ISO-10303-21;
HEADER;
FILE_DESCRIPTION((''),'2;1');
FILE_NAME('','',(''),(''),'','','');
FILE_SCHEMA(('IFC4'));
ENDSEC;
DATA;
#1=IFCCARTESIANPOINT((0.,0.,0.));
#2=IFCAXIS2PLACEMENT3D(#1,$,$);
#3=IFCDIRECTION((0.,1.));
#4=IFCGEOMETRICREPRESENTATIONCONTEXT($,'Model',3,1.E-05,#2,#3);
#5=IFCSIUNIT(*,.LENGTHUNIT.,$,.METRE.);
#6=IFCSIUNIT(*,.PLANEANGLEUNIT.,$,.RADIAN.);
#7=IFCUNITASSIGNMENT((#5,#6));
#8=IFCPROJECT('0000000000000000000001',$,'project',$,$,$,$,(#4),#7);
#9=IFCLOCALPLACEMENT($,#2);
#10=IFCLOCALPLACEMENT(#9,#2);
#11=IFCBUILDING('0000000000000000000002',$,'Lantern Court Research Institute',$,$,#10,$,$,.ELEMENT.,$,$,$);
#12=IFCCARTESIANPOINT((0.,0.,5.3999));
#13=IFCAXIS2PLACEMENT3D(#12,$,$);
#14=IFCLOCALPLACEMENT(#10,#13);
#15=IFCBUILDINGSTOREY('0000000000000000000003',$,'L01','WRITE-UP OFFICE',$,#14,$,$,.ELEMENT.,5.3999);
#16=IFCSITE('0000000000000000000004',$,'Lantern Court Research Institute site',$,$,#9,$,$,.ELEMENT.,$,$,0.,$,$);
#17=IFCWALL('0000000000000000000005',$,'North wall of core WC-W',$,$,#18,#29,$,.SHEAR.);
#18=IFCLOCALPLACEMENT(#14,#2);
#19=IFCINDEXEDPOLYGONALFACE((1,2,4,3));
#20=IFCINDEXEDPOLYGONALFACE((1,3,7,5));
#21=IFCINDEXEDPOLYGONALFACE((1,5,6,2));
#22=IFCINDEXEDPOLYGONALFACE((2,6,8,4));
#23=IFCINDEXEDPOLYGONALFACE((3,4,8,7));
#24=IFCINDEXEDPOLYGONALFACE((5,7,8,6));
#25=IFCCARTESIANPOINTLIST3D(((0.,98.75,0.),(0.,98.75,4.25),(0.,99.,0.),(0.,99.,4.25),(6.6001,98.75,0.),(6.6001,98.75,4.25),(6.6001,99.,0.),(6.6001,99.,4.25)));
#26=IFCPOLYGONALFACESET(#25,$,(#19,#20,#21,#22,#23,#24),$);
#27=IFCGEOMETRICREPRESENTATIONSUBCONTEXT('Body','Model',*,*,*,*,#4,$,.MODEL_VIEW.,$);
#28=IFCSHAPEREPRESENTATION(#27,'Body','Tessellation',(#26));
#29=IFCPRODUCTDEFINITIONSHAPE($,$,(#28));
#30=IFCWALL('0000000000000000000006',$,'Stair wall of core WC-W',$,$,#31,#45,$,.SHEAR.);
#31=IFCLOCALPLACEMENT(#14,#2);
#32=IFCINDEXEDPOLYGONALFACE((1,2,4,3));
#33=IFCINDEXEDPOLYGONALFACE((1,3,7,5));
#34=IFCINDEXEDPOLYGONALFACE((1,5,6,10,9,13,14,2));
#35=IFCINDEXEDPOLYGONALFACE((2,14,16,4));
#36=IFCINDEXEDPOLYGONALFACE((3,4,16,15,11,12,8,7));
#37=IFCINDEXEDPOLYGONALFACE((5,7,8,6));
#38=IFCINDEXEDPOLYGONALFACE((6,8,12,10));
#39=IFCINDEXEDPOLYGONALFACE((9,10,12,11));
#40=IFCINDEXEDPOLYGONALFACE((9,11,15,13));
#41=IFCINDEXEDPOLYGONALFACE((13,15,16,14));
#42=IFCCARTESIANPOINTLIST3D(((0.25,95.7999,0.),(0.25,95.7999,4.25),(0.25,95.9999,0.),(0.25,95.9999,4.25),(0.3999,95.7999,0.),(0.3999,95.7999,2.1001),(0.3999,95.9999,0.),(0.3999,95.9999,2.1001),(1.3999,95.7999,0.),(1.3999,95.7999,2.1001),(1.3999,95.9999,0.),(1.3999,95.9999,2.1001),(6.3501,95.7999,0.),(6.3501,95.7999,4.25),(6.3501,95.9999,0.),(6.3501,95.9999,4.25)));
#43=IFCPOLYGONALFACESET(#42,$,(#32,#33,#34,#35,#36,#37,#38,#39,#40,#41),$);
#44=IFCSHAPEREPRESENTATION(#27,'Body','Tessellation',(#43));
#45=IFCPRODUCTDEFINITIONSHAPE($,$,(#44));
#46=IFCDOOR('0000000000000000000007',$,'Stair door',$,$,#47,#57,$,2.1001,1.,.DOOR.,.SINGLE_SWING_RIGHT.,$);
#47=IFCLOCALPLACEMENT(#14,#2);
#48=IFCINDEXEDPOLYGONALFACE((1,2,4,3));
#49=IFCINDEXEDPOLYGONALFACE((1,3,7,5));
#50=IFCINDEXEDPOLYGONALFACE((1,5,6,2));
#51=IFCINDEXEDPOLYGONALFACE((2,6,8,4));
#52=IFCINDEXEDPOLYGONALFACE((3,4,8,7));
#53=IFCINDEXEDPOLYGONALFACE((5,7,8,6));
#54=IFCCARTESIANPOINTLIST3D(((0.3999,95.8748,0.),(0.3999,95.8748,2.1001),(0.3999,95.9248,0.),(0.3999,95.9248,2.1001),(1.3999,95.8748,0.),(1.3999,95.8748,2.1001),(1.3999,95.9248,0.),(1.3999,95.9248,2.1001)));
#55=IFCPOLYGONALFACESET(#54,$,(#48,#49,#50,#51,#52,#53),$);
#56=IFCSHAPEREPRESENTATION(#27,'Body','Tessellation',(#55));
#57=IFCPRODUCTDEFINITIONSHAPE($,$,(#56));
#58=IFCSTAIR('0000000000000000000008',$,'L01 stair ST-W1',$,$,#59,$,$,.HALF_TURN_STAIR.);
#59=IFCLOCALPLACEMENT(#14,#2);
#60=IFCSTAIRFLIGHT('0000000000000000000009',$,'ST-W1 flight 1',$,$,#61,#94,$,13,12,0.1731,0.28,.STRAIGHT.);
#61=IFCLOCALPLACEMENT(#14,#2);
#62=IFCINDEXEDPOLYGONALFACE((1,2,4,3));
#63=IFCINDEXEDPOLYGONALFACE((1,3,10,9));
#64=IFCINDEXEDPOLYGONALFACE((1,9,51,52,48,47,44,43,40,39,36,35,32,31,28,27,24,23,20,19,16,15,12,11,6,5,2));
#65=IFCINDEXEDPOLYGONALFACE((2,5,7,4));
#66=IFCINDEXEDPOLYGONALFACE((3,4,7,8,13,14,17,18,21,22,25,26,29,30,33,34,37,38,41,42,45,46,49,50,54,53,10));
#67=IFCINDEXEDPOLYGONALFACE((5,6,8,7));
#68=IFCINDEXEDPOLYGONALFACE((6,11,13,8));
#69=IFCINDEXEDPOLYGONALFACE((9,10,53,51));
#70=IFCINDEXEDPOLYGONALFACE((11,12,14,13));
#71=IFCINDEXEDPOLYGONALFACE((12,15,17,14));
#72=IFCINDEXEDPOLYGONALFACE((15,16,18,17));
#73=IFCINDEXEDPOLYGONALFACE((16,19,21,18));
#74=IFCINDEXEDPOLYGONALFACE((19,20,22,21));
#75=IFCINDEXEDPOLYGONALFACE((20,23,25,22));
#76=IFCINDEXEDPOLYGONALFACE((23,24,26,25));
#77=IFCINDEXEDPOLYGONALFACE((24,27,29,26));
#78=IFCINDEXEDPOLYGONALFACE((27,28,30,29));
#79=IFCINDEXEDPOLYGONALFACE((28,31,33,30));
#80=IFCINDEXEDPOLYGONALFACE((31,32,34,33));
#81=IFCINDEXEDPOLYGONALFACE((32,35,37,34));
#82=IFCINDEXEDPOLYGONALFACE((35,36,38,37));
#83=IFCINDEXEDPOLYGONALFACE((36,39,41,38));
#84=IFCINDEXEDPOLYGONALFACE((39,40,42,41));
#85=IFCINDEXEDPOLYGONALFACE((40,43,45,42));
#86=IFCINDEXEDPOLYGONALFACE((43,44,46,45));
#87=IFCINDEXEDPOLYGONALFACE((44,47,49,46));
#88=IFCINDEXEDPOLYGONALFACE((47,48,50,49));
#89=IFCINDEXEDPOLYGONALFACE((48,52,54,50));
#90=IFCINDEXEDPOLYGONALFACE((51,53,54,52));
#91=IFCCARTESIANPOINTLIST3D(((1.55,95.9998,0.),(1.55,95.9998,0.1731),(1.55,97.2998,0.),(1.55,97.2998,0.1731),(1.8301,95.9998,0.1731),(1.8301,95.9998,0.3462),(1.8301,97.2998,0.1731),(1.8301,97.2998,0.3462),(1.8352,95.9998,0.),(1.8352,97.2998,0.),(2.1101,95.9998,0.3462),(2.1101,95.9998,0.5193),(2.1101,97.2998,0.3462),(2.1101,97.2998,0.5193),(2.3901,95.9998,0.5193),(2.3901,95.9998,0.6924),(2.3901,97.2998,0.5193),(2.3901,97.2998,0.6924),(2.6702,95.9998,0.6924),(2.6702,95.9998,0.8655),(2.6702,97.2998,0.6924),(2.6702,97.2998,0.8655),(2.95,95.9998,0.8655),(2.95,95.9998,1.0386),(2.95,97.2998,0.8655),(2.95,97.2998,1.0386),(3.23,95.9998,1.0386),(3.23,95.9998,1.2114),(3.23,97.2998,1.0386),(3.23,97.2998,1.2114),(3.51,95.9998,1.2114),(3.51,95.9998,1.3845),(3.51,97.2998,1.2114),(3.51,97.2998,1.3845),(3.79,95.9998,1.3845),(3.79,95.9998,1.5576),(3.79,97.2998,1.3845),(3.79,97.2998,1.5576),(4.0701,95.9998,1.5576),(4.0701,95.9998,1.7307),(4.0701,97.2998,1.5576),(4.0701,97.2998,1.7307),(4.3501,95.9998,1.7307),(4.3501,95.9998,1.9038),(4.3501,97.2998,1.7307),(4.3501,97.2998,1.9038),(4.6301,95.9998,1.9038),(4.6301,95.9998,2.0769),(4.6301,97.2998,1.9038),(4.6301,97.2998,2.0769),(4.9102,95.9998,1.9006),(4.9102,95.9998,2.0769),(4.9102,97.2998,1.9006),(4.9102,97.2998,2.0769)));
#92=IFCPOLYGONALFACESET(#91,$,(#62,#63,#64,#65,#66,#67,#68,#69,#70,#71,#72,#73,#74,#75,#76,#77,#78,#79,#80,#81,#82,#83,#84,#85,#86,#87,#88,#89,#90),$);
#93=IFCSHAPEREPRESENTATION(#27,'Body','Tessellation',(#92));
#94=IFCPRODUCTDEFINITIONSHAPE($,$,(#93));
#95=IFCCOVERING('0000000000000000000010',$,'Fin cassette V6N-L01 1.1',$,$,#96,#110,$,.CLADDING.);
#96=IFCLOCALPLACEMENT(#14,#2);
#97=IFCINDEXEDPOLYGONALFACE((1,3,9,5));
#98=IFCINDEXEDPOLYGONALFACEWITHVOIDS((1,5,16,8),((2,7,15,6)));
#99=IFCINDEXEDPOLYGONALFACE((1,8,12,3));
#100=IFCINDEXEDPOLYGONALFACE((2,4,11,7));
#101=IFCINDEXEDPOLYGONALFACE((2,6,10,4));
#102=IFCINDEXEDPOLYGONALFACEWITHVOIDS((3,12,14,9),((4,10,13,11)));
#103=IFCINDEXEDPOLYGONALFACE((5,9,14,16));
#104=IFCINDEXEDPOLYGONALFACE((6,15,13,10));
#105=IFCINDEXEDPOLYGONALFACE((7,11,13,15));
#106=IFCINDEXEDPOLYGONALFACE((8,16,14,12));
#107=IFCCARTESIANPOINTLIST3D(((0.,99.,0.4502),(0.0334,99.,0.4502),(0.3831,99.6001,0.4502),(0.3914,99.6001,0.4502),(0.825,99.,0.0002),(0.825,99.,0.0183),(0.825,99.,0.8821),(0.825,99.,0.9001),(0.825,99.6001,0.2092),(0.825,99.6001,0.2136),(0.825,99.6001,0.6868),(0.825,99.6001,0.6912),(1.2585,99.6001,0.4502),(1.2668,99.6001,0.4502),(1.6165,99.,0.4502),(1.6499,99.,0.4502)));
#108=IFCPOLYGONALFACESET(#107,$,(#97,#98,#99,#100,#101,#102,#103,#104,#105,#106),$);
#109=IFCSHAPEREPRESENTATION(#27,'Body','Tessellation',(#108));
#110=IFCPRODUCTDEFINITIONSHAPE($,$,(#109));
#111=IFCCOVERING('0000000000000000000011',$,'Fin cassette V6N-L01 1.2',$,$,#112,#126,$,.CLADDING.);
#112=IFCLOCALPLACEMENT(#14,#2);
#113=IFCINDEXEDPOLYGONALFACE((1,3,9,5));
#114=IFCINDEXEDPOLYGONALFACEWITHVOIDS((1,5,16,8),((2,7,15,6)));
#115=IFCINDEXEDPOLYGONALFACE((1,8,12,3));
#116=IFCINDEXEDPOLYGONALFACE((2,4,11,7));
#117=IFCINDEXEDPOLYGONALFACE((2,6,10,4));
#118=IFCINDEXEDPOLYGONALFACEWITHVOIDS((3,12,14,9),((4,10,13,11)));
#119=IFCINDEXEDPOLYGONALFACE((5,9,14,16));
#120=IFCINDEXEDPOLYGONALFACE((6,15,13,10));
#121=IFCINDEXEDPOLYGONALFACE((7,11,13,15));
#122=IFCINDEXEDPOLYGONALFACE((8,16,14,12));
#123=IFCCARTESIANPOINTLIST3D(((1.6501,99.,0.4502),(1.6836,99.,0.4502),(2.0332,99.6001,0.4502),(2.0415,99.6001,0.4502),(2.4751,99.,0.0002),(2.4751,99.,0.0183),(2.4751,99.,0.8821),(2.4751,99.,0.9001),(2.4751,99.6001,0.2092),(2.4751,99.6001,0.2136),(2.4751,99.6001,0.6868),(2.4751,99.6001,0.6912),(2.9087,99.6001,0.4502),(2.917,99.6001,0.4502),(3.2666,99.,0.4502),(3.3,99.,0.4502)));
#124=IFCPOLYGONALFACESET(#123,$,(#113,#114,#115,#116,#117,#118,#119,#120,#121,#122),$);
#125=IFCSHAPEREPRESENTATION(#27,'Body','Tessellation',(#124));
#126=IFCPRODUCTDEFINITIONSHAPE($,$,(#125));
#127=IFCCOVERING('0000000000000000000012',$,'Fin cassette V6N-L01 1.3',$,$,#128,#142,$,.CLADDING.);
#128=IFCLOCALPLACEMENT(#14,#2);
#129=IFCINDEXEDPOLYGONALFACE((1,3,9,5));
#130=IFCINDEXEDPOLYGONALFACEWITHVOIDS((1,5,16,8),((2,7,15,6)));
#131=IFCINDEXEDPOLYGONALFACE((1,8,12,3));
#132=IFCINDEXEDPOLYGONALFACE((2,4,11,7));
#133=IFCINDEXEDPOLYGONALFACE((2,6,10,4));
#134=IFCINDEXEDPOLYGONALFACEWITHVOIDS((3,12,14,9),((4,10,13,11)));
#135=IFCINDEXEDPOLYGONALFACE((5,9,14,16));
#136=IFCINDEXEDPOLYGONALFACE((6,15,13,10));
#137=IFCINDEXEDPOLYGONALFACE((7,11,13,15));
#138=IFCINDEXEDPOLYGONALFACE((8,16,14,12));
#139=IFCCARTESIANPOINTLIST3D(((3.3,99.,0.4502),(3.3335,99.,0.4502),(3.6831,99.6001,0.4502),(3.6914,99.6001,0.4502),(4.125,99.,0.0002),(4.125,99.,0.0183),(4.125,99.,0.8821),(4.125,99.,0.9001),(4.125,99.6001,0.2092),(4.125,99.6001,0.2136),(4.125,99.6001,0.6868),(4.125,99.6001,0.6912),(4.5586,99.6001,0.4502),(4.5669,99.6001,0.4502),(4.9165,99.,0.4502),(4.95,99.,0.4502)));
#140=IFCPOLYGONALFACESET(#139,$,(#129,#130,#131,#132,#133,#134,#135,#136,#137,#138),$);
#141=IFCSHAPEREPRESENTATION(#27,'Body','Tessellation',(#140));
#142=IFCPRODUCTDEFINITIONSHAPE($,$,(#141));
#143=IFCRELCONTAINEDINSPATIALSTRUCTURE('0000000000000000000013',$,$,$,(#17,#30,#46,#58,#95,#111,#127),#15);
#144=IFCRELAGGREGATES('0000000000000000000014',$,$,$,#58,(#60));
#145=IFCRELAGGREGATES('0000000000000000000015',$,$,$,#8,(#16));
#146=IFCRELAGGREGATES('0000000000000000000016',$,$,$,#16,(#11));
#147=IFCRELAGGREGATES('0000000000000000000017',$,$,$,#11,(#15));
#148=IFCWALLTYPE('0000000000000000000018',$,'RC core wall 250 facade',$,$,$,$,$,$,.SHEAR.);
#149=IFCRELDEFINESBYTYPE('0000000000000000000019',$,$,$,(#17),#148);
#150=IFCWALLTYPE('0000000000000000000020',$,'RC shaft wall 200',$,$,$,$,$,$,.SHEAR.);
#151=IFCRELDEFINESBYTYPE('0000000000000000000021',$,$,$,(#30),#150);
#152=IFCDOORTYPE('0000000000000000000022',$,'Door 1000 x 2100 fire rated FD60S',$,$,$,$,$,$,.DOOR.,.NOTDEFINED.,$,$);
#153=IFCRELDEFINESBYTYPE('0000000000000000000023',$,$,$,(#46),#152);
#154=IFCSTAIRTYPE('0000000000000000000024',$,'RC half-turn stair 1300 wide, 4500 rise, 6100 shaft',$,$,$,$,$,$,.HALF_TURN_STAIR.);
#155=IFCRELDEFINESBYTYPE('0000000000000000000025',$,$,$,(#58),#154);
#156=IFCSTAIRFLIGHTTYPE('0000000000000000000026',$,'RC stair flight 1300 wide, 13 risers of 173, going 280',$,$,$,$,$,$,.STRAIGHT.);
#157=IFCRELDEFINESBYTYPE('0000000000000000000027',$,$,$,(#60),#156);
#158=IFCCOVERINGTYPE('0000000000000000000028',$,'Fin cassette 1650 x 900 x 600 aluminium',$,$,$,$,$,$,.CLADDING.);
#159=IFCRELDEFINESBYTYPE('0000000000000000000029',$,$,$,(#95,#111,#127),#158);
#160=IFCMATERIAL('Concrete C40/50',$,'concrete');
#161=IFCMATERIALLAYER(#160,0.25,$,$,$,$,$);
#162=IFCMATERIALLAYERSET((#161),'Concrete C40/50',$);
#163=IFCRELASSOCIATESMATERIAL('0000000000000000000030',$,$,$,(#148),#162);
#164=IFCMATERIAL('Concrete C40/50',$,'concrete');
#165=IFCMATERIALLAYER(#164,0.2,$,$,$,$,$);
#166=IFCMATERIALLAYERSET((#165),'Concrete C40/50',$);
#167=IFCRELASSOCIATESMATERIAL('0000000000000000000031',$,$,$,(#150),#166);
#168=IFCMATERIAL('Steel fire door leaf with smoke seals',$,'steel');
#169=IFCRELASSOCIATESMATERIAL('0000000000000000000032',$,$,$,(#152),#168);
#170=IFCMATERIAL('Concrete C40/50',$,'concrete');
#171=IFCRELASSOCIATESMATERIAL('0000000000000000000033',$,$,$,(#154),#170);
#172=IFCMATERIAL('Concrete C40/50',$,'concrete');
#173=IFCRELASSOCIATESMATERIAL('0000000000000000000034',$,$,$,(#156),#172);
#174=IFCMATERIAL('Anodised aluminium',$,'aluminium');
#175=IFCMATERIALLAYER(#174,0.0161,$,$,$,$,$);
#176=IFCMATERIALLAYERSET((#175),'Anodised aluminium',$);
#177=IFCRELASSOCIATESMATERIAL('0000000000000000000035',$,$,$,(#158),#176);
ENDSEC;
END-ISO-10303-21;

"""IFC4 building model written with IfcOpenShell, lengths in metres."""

from ifc_helpers import new_model, entity, si_unit, direction, frame, frame_2d, origin, place, context, subcontext, project, spatial, polyline, rectangle, outline, extrude, material, layer, layer_set, type_object, element, fill, aggregate, save


model = new_model("IFC4")

# Units and contexts
model_context = context("Model", 3, precision=1e-05, world=origin(), true_north=direction((0.0, 1.0)))
body_context = subcontext(model_context, "Body", "Model", "MODEL_VIEW")
ifc_project = project(units=[si_unit("LENGTHUNIT", "METRE"), si_unit("PLANEANGLEUNIT", "RADIAN")], contexts=[model_context])

# Site, building, storey
site_placement = place(None, origin())
site = spatial("IfcSite", under=ifc_project, at=site_placement, Name="Lantern Court Research Institute site", CompositionType="ELEMENT", RefElevation=0.0)
building_placement = place(site_placement, origin())
building = spatial("IfcBuilding", under=site, at=building_placement, Name="Lantern Court Research Institute", CompositionType="ELEMENT")
storey_placement = place(building_placement, frame((0.0, 0.0, 5.3999)))
storey = spatial("IfcBuildingStorey", under=building, at=storey_placement, Name="L01", Description="WRITE-UP OFFICE", CompositionType="ELEMENT", Elevation=5.3999)

# Wall
ifc_material_1 = material(Name="Concrete C40/50", Category="concrete")
ifc_layer_1 = layer(ifc_material_1, 0.25)
ifc_layer_set_1 = layer_set([ifc_layer_1], Name="Concrete C40/50")
wall_type_1 = type_object("IfcWallType", Name="RC core wall 250 facade", PredefinedType="SHEAR", material=ifc_layer_set_1)
wall_1_placement = place(storey_placement, frame((0.0, 98.875, 0.0), z_axis=(0.0, 0.0, 1.0), x_axis=(1.0, 0.0, 0.0)))
element("IfcWall", 1, at=wall_1_placement, inside=storey, type_object=wall_type_1, Name="North wall of core WC-W", PredefinedType="SHEAR", context=body_context, shape_type="SweptSolid", body=[
    extrude(rectangle(XDim=6.6001, YDim=0.25, at=frame_2d((3.3, 0.0))), origin(), (0.0, 0.0, 1.0), 4.25),
])

# Wall, opening, door
ifc_material_2 = material(Name="Concrete C40/50", Category="concrete")
ifc_layer_2 = layer(ifc_material_2, 0.2)
ifc_layer_set_2 = layer_set([ifc_layer_2], Name="Concrete C40/50")
wall_type_2 = type_object("IfcWallType", Name="RC shaft wall 200", PredefinedType="SHEAR", material=ifc_layer_set_2)
wall_2_placement = place(storey_placement, frame((0.25, 95.8999, 0.0), z_axis=(0.0, 0.0, 1.0), x_axis=(1.0, 0.0, 0.0)))
wall_2 = element("IfcWall", 2, at=wall_2_placement, inside=storey, type_object=wall_type_2, Name="Stair wall of core WC-W", PredefinedType="SHEAR", context=body_context, shape_type="SweptSolid", body=[
    extrude(rectangle(XDim=6.1001, YDim=0.2, at=frame_2d((3.05, 0.0))), origin(), (0.0, 0.0, 1.0), 4.25),
])
opening_placement = place(wall_2_placement, frame((0.1499, 0.0, 0.0)))
opening = element("IfcOpeningElement", 3, at=opening_placement, cuts=wall_2, PredefinedType="OPENING", context=body_context, shape_type="SweptSolid", body=[
    extrude(rectangle(XDim=1.0, YDim=2.1001, at=frame_2d((0.5, 1.05))), frame((0.0, 0.1099, 0.0), z_axis=(0.0, -1.0, 0.0), x_axis=(1.0, 0.0, 0.0)), (0.0, 0.0, 1.0), 0.22),
])
ifc_material_3 = material(Name="Steel fire door leaf with smoke seals", Category="steel")
door_type = type_object("IfcDoorType", Name="Door 1000 x 2100 fire rated FD60S", OperationType="NOTDEFINED", PredefinedType="DOOR", material=ifc_material_3)
door_placement = place(opening_placement, origin())
door = element("IfcDoor", 4, at=door_placement, inside=storey, type_object=door_type, Name="Stair door", OperationType="SINGLE_SWING_RIGHT", OverallHeight=2.1001, OverallWidth=1.0, PredefinedType="DOOR", context=body_context, shape_type="SweptSolid", body=[
    extrude(rectangle(XDim=1.0, YDim=2.1001, at=frame_2d((0.5, 1.05))), frame((0.0, 0.0249, 0.0), z_axis=(0.0, -1.0, 0.0), x_axis=(1.0, 0.0, 0.0)), (0.0, 0.0, 1.0), 0.05),
])
fill(opening, door)

# Stair, stair flight
ifc_material_4 = material(Name="Concrete C40/50", Category="concrete")
stair_type = type_object("IfcStairType", Name="RC half-turn stair 1300 wide, 4500 rise, 6100 shaft", PredefinedType="HALF_TURN_STAIR", material=ifc_material_4)
stair_placement = place(storey_placement, origin())
stair = element("IfcStair", 5, at=stair_placement, inside=storey, type_object=stair_type, Name="L01 stair ST-W1", PredefinedType="HALF_TURN_STAIR")
ifc_material_5 = material(Name="Concrete C40/50", Category="concrete")
stair_flight_type = type_object("IfcStairFlightType", Name="RC stair flight 1300 wide, 13 risers of 173, going 280", PredefinedType="STRAIGHT", material=ifc_material_5)
stair_flight_placement = place(storey_placement, frame((1.55, 96.6499, 0.0), z_axis=(0.0, 0.0, 1.0), x_axis=(1.0, 0.0, 0.0)))
stair_flight = element("IfcStairFlight", 6, at=stair_flight_placement, type_object=stair_flight_type, Name="ST-W1 flight 1", NumberOfRisers=13, NumberOfTreads=12, PredefinedType="STRAIGHT", RiserHeight=0.1731, TreadLength=0.28, context=body_context, shape_type="SweptSolid", body=[
    extrude(outline(polyline([(0.0, 0.0), (0.0, 0.1731), (0.28, 0.1731), (0.28, 0.3462), (0.5601, 0.3462), (0.5601, 0.5193), (0.8401, 0.5193), (0.8401, 0.6924), (1.1201, 0.6924), (1.1201, 0.8655), (1.3999, 0.8655), (1.3999, 1.0386), (1.6799, 1.0386), (1.6799, 1.2114), (1.96, 1.2114), (1.96, 1.3845), (2.24, 1.3845), (2.24, 1.5576), (2.52, 1.5576), (2.52, 1.7307), (2.8, 1.7307), (2.8, 1.9038), (3.0801, 1.9038), (3.0801, 2.0769), (3.3601, 2.0769), (3.3601, 2.25), (3.3601, 1.9006), (0.2852, 0.0), (0.0, 0.0)])), frame((0.0, 0.6499, 0.0), z_axis=(0.0, -1.0, 0.0), x_axis=(1.0, 0.0, 0.0)), (0.0, 0.0, 1.0), 1.3),
])
aggregate(stair, [stair_flight])

# Coverings
ifc_material_6 = material(Name="Anodised aluminium", Category="aluminium")
ifc_layer_3 = layer(ifc_material_6, 0.0161)
ifc_layer_set_3 = layer_set([ifc_layer_3], Name="Anodised aluminium")
covering_type = type_object("IfcCoveringType", Name="Fin cassette 1650 x 900 x 600 aluminium", PredefinedType="CLADDING", material=ifc_layer_set_3)
covering_1_placement = place(storey_placement, frame((0.825, 99.0, 0.4502), z_axis=(0.0, 1.0, 0.0), x_axis=(-1.0, 0.0, 0.0)))
cartesian_point_1 = entity("IfcCartesianPoint", [0.825, 0.0])
cartesian_point_2 = entity("IfcCartesianPoint", [0.7915, 0.0])
cartesian_point_3 = entity("IfcCartesianPoint", [0.4419, 0.0])
cartesian_point_4 = entity("IfcCartesianPoint", [0.4336, 0.0])
element("IfcCovering", 7, at=covering_1_placement, inside=storey, type_object=covering_type, Name="Fin cassette V6N-L01 1.1", PredefinedType="CLADDING", context=body_context, shape_type="SweptSolid", body=[
    entity("IfcExtrudedAreaSolidTapered", entity("IfcArbitraryProfileDefWithVoids", "AREA", None, entity("IfcPolyline", [cartesian_point_1, entity("IfcCartesianPoint", [0.0, 0.45]), entity("IfcCartesianPoint", [-0.825, 0.0]), entity("IfcCartesianPoint", [0.0, -0.45]), cartesian_point_1]), [entity("IfcPolyline", [cartesian_point_2, entity("IfcCartesianPoint", [0.0, 0.4319]), entity("IfcCartesianPoint", [-0.7915, 0.0]), entity("IfcCartesianPoint", [0.0, -0.4319]), cartesian_point_2])]), entity("IfcAxis2Placement3D", entity("IfcCartesianPoint", [0.0, 0.0, 0.0])), entity("IfcDirection", [0.0, 0.0, 1.0]), 0.6001, entity("IfcArbitraryProfileDefWithVoids", "AREA", None, entity("IfcPolyline", [cartesian_point_3, entity("IfcCartesianPoint", [0.0, 0.241]), entity("IfcCartesianPoint", [-0.4419, 0.0]), entity("IfcCartesianPoint", [0.0, -0.241]), cartesian_point_3]), [entity("IfcPolyline", [cartesian_point_4, entity("IfcCartesianPoint", [0.0, 0.2366]), entity("IfcCartesianPoint", [-0.4336, 0.0]), entity("IfcCartesianPoint", [0.0, -0.2366]), cartesian_point_4])])),
])
covering_2_placement = place(storey_placement, frame((2.4751, 99.0, 0.4502), z_axis=(0.0, 1.0, 0.0), x_axis=(-1.0, 0.0, 0.0)))
cartesian_point_5 = entity("IfcCartesianPoint", [0.825, 0.0])
cartesian_point_6 = entity("IfcCartesianPoint", [0.7915, 0.0])
cartesian_point_7 = entity("IfcCartesianPoint", [0.4419, 0.0])
cartesian_point_8 = entity("IfcCartesianPoint", [0.4336, 0.0])
element("IfcCovering", 8, at=covering_2_placement, inside=storey, type_object=covering_type, Name="Fin cassette V6N-L01 1.2", PredefinedType="CLADDING", context=body_context, shape_type="SweptSolid", body=[
    entity("IfcExtrudedAreaSolidTapered", entity("IfcArbitraryProfileDefWithVoids", "AREA", None, entity("IfcPolyline", [cartesian_point_5, entity("IfcCartesianPoint", [0.0, 0.45]), entity("IfcCartesianPoint", [-0.825, 0.0]), entity("IfcCartesianPoint", [0.0, -0.45]), cartesian_point_5]), [entity("IfcPolyline", [cartesian_point_6, entity("IfcCartesianPoint", [0.0, 0.4319]), entity("IfcCartesianPoint", [-0.7915, 0.0]), entity("IfcCartesianPoint", [0.0, -0.4319]), cartesian_point_6])]), entity("IfcAxis2Placement3D", entity("IfcCartesianPoint", [0.0, 0.0, 0.0])), entity("IfcDirection", [0.0, 0.0, 1.0]), 0.6001, entity("IfcArbitraryProfileDefWithVoids", "AREA", None, entity("IfcPolyline", [cartesian_point_7, entity("IfcCartesianPoint", [0.0, 0.241]), entity("IfcCartesianPoint", [-0.4419, 0.0]), entity("IfcCartesianPoint", [0.0, -0.241]), cartesian_point_7]), [entity("IfcPolyline", [cartesian_point_8, entity("IfcCartesianPoint", [0.0, 0.2366]), entity("IfcCartesianPoint", [-0.4336, 0.0]), entity("IfcCartesianPoint", [0.0, -0.2366]), cartesian_point_8])])),
])
covering_3_placement = place(storey_placement, frame((4.125, 99.0, 0.4502), z_axis=(0.0, 1.0, 0.0), x_axis=(-1.0, 0.0, 0.0)))
cartesian_point_9 = entity("IfcCartesianPoint", [0.825, 0.0])
cartesian_point_10 = entity("IfcCartesianPoint", [0.7915, 0.0])
cartesian_point_11 = entity("IfcCartesianPoint", [0.4419, 0.0])
cartesian_point_12 = entity("IfcCartesianPoint", [0.4336, 0.0])
element("IfcCovering", 9, at=covering_3_placement, inside=storey, type_object=covering_type, Name="Fin cassette V6N-L01 1.3", PredefinedType="CLADDING", context=body_context, shape_type="SweptSolid", body=[
    entity("IfcExtrudedAreaSolidTapered", entity("IfcArbitraryProfileDefWithVoids", "AREA", None, entity("IfcPolyline", [cartesian_point_9, entity("IfcCartesianPoint", [0.0, 0.45]), entity("IfcCartesianPoint", [-0.825, 0.0]), entity("IfcCartesianPoint", [0.0, -0.45]), cartesian_point_9]), [entity("IfcPolyline", [cartesian_point_10, entity("IfcCartesianPoint", [0.0, 0.4319]), entity("IfcCartesianPoint", [-0.7915, 0.0]), entity("IfcCartesianPoint", [0.0, -0.4319]), cartesian_point_10])]), entity("IfcAxis2Placement3D", entity("IfcCartesianPoint", [0.0, 0.0, 0.0])), entity("IfcDirection", [0.0, 0.0, 1.0]), 0.6001, entity("IfcArbitraryProfileDefWithVoids", "AREA", None, entity("IfcPolyline", [cartesian_point_11, entity("IfcCartesianPoint", [0.0, 0.241]), entity("IfcCartesianPoint", [-0.4419, 0.0]), entity("IfcCartesianPoint", [0.0, -0.241]), cartesian_point_11]), [entity("IfcPolyline", [cartesian_point_12, entity("IfcCartesianPoint", [0.0, 0.2366]), entity("IfcCartesianPoint", [-0.4336, 0.0]), entity("IfcCartesianPoint", [0.0, -0.2366]), cartesian_point_12])])),
])

save(model, "model.ifc")
